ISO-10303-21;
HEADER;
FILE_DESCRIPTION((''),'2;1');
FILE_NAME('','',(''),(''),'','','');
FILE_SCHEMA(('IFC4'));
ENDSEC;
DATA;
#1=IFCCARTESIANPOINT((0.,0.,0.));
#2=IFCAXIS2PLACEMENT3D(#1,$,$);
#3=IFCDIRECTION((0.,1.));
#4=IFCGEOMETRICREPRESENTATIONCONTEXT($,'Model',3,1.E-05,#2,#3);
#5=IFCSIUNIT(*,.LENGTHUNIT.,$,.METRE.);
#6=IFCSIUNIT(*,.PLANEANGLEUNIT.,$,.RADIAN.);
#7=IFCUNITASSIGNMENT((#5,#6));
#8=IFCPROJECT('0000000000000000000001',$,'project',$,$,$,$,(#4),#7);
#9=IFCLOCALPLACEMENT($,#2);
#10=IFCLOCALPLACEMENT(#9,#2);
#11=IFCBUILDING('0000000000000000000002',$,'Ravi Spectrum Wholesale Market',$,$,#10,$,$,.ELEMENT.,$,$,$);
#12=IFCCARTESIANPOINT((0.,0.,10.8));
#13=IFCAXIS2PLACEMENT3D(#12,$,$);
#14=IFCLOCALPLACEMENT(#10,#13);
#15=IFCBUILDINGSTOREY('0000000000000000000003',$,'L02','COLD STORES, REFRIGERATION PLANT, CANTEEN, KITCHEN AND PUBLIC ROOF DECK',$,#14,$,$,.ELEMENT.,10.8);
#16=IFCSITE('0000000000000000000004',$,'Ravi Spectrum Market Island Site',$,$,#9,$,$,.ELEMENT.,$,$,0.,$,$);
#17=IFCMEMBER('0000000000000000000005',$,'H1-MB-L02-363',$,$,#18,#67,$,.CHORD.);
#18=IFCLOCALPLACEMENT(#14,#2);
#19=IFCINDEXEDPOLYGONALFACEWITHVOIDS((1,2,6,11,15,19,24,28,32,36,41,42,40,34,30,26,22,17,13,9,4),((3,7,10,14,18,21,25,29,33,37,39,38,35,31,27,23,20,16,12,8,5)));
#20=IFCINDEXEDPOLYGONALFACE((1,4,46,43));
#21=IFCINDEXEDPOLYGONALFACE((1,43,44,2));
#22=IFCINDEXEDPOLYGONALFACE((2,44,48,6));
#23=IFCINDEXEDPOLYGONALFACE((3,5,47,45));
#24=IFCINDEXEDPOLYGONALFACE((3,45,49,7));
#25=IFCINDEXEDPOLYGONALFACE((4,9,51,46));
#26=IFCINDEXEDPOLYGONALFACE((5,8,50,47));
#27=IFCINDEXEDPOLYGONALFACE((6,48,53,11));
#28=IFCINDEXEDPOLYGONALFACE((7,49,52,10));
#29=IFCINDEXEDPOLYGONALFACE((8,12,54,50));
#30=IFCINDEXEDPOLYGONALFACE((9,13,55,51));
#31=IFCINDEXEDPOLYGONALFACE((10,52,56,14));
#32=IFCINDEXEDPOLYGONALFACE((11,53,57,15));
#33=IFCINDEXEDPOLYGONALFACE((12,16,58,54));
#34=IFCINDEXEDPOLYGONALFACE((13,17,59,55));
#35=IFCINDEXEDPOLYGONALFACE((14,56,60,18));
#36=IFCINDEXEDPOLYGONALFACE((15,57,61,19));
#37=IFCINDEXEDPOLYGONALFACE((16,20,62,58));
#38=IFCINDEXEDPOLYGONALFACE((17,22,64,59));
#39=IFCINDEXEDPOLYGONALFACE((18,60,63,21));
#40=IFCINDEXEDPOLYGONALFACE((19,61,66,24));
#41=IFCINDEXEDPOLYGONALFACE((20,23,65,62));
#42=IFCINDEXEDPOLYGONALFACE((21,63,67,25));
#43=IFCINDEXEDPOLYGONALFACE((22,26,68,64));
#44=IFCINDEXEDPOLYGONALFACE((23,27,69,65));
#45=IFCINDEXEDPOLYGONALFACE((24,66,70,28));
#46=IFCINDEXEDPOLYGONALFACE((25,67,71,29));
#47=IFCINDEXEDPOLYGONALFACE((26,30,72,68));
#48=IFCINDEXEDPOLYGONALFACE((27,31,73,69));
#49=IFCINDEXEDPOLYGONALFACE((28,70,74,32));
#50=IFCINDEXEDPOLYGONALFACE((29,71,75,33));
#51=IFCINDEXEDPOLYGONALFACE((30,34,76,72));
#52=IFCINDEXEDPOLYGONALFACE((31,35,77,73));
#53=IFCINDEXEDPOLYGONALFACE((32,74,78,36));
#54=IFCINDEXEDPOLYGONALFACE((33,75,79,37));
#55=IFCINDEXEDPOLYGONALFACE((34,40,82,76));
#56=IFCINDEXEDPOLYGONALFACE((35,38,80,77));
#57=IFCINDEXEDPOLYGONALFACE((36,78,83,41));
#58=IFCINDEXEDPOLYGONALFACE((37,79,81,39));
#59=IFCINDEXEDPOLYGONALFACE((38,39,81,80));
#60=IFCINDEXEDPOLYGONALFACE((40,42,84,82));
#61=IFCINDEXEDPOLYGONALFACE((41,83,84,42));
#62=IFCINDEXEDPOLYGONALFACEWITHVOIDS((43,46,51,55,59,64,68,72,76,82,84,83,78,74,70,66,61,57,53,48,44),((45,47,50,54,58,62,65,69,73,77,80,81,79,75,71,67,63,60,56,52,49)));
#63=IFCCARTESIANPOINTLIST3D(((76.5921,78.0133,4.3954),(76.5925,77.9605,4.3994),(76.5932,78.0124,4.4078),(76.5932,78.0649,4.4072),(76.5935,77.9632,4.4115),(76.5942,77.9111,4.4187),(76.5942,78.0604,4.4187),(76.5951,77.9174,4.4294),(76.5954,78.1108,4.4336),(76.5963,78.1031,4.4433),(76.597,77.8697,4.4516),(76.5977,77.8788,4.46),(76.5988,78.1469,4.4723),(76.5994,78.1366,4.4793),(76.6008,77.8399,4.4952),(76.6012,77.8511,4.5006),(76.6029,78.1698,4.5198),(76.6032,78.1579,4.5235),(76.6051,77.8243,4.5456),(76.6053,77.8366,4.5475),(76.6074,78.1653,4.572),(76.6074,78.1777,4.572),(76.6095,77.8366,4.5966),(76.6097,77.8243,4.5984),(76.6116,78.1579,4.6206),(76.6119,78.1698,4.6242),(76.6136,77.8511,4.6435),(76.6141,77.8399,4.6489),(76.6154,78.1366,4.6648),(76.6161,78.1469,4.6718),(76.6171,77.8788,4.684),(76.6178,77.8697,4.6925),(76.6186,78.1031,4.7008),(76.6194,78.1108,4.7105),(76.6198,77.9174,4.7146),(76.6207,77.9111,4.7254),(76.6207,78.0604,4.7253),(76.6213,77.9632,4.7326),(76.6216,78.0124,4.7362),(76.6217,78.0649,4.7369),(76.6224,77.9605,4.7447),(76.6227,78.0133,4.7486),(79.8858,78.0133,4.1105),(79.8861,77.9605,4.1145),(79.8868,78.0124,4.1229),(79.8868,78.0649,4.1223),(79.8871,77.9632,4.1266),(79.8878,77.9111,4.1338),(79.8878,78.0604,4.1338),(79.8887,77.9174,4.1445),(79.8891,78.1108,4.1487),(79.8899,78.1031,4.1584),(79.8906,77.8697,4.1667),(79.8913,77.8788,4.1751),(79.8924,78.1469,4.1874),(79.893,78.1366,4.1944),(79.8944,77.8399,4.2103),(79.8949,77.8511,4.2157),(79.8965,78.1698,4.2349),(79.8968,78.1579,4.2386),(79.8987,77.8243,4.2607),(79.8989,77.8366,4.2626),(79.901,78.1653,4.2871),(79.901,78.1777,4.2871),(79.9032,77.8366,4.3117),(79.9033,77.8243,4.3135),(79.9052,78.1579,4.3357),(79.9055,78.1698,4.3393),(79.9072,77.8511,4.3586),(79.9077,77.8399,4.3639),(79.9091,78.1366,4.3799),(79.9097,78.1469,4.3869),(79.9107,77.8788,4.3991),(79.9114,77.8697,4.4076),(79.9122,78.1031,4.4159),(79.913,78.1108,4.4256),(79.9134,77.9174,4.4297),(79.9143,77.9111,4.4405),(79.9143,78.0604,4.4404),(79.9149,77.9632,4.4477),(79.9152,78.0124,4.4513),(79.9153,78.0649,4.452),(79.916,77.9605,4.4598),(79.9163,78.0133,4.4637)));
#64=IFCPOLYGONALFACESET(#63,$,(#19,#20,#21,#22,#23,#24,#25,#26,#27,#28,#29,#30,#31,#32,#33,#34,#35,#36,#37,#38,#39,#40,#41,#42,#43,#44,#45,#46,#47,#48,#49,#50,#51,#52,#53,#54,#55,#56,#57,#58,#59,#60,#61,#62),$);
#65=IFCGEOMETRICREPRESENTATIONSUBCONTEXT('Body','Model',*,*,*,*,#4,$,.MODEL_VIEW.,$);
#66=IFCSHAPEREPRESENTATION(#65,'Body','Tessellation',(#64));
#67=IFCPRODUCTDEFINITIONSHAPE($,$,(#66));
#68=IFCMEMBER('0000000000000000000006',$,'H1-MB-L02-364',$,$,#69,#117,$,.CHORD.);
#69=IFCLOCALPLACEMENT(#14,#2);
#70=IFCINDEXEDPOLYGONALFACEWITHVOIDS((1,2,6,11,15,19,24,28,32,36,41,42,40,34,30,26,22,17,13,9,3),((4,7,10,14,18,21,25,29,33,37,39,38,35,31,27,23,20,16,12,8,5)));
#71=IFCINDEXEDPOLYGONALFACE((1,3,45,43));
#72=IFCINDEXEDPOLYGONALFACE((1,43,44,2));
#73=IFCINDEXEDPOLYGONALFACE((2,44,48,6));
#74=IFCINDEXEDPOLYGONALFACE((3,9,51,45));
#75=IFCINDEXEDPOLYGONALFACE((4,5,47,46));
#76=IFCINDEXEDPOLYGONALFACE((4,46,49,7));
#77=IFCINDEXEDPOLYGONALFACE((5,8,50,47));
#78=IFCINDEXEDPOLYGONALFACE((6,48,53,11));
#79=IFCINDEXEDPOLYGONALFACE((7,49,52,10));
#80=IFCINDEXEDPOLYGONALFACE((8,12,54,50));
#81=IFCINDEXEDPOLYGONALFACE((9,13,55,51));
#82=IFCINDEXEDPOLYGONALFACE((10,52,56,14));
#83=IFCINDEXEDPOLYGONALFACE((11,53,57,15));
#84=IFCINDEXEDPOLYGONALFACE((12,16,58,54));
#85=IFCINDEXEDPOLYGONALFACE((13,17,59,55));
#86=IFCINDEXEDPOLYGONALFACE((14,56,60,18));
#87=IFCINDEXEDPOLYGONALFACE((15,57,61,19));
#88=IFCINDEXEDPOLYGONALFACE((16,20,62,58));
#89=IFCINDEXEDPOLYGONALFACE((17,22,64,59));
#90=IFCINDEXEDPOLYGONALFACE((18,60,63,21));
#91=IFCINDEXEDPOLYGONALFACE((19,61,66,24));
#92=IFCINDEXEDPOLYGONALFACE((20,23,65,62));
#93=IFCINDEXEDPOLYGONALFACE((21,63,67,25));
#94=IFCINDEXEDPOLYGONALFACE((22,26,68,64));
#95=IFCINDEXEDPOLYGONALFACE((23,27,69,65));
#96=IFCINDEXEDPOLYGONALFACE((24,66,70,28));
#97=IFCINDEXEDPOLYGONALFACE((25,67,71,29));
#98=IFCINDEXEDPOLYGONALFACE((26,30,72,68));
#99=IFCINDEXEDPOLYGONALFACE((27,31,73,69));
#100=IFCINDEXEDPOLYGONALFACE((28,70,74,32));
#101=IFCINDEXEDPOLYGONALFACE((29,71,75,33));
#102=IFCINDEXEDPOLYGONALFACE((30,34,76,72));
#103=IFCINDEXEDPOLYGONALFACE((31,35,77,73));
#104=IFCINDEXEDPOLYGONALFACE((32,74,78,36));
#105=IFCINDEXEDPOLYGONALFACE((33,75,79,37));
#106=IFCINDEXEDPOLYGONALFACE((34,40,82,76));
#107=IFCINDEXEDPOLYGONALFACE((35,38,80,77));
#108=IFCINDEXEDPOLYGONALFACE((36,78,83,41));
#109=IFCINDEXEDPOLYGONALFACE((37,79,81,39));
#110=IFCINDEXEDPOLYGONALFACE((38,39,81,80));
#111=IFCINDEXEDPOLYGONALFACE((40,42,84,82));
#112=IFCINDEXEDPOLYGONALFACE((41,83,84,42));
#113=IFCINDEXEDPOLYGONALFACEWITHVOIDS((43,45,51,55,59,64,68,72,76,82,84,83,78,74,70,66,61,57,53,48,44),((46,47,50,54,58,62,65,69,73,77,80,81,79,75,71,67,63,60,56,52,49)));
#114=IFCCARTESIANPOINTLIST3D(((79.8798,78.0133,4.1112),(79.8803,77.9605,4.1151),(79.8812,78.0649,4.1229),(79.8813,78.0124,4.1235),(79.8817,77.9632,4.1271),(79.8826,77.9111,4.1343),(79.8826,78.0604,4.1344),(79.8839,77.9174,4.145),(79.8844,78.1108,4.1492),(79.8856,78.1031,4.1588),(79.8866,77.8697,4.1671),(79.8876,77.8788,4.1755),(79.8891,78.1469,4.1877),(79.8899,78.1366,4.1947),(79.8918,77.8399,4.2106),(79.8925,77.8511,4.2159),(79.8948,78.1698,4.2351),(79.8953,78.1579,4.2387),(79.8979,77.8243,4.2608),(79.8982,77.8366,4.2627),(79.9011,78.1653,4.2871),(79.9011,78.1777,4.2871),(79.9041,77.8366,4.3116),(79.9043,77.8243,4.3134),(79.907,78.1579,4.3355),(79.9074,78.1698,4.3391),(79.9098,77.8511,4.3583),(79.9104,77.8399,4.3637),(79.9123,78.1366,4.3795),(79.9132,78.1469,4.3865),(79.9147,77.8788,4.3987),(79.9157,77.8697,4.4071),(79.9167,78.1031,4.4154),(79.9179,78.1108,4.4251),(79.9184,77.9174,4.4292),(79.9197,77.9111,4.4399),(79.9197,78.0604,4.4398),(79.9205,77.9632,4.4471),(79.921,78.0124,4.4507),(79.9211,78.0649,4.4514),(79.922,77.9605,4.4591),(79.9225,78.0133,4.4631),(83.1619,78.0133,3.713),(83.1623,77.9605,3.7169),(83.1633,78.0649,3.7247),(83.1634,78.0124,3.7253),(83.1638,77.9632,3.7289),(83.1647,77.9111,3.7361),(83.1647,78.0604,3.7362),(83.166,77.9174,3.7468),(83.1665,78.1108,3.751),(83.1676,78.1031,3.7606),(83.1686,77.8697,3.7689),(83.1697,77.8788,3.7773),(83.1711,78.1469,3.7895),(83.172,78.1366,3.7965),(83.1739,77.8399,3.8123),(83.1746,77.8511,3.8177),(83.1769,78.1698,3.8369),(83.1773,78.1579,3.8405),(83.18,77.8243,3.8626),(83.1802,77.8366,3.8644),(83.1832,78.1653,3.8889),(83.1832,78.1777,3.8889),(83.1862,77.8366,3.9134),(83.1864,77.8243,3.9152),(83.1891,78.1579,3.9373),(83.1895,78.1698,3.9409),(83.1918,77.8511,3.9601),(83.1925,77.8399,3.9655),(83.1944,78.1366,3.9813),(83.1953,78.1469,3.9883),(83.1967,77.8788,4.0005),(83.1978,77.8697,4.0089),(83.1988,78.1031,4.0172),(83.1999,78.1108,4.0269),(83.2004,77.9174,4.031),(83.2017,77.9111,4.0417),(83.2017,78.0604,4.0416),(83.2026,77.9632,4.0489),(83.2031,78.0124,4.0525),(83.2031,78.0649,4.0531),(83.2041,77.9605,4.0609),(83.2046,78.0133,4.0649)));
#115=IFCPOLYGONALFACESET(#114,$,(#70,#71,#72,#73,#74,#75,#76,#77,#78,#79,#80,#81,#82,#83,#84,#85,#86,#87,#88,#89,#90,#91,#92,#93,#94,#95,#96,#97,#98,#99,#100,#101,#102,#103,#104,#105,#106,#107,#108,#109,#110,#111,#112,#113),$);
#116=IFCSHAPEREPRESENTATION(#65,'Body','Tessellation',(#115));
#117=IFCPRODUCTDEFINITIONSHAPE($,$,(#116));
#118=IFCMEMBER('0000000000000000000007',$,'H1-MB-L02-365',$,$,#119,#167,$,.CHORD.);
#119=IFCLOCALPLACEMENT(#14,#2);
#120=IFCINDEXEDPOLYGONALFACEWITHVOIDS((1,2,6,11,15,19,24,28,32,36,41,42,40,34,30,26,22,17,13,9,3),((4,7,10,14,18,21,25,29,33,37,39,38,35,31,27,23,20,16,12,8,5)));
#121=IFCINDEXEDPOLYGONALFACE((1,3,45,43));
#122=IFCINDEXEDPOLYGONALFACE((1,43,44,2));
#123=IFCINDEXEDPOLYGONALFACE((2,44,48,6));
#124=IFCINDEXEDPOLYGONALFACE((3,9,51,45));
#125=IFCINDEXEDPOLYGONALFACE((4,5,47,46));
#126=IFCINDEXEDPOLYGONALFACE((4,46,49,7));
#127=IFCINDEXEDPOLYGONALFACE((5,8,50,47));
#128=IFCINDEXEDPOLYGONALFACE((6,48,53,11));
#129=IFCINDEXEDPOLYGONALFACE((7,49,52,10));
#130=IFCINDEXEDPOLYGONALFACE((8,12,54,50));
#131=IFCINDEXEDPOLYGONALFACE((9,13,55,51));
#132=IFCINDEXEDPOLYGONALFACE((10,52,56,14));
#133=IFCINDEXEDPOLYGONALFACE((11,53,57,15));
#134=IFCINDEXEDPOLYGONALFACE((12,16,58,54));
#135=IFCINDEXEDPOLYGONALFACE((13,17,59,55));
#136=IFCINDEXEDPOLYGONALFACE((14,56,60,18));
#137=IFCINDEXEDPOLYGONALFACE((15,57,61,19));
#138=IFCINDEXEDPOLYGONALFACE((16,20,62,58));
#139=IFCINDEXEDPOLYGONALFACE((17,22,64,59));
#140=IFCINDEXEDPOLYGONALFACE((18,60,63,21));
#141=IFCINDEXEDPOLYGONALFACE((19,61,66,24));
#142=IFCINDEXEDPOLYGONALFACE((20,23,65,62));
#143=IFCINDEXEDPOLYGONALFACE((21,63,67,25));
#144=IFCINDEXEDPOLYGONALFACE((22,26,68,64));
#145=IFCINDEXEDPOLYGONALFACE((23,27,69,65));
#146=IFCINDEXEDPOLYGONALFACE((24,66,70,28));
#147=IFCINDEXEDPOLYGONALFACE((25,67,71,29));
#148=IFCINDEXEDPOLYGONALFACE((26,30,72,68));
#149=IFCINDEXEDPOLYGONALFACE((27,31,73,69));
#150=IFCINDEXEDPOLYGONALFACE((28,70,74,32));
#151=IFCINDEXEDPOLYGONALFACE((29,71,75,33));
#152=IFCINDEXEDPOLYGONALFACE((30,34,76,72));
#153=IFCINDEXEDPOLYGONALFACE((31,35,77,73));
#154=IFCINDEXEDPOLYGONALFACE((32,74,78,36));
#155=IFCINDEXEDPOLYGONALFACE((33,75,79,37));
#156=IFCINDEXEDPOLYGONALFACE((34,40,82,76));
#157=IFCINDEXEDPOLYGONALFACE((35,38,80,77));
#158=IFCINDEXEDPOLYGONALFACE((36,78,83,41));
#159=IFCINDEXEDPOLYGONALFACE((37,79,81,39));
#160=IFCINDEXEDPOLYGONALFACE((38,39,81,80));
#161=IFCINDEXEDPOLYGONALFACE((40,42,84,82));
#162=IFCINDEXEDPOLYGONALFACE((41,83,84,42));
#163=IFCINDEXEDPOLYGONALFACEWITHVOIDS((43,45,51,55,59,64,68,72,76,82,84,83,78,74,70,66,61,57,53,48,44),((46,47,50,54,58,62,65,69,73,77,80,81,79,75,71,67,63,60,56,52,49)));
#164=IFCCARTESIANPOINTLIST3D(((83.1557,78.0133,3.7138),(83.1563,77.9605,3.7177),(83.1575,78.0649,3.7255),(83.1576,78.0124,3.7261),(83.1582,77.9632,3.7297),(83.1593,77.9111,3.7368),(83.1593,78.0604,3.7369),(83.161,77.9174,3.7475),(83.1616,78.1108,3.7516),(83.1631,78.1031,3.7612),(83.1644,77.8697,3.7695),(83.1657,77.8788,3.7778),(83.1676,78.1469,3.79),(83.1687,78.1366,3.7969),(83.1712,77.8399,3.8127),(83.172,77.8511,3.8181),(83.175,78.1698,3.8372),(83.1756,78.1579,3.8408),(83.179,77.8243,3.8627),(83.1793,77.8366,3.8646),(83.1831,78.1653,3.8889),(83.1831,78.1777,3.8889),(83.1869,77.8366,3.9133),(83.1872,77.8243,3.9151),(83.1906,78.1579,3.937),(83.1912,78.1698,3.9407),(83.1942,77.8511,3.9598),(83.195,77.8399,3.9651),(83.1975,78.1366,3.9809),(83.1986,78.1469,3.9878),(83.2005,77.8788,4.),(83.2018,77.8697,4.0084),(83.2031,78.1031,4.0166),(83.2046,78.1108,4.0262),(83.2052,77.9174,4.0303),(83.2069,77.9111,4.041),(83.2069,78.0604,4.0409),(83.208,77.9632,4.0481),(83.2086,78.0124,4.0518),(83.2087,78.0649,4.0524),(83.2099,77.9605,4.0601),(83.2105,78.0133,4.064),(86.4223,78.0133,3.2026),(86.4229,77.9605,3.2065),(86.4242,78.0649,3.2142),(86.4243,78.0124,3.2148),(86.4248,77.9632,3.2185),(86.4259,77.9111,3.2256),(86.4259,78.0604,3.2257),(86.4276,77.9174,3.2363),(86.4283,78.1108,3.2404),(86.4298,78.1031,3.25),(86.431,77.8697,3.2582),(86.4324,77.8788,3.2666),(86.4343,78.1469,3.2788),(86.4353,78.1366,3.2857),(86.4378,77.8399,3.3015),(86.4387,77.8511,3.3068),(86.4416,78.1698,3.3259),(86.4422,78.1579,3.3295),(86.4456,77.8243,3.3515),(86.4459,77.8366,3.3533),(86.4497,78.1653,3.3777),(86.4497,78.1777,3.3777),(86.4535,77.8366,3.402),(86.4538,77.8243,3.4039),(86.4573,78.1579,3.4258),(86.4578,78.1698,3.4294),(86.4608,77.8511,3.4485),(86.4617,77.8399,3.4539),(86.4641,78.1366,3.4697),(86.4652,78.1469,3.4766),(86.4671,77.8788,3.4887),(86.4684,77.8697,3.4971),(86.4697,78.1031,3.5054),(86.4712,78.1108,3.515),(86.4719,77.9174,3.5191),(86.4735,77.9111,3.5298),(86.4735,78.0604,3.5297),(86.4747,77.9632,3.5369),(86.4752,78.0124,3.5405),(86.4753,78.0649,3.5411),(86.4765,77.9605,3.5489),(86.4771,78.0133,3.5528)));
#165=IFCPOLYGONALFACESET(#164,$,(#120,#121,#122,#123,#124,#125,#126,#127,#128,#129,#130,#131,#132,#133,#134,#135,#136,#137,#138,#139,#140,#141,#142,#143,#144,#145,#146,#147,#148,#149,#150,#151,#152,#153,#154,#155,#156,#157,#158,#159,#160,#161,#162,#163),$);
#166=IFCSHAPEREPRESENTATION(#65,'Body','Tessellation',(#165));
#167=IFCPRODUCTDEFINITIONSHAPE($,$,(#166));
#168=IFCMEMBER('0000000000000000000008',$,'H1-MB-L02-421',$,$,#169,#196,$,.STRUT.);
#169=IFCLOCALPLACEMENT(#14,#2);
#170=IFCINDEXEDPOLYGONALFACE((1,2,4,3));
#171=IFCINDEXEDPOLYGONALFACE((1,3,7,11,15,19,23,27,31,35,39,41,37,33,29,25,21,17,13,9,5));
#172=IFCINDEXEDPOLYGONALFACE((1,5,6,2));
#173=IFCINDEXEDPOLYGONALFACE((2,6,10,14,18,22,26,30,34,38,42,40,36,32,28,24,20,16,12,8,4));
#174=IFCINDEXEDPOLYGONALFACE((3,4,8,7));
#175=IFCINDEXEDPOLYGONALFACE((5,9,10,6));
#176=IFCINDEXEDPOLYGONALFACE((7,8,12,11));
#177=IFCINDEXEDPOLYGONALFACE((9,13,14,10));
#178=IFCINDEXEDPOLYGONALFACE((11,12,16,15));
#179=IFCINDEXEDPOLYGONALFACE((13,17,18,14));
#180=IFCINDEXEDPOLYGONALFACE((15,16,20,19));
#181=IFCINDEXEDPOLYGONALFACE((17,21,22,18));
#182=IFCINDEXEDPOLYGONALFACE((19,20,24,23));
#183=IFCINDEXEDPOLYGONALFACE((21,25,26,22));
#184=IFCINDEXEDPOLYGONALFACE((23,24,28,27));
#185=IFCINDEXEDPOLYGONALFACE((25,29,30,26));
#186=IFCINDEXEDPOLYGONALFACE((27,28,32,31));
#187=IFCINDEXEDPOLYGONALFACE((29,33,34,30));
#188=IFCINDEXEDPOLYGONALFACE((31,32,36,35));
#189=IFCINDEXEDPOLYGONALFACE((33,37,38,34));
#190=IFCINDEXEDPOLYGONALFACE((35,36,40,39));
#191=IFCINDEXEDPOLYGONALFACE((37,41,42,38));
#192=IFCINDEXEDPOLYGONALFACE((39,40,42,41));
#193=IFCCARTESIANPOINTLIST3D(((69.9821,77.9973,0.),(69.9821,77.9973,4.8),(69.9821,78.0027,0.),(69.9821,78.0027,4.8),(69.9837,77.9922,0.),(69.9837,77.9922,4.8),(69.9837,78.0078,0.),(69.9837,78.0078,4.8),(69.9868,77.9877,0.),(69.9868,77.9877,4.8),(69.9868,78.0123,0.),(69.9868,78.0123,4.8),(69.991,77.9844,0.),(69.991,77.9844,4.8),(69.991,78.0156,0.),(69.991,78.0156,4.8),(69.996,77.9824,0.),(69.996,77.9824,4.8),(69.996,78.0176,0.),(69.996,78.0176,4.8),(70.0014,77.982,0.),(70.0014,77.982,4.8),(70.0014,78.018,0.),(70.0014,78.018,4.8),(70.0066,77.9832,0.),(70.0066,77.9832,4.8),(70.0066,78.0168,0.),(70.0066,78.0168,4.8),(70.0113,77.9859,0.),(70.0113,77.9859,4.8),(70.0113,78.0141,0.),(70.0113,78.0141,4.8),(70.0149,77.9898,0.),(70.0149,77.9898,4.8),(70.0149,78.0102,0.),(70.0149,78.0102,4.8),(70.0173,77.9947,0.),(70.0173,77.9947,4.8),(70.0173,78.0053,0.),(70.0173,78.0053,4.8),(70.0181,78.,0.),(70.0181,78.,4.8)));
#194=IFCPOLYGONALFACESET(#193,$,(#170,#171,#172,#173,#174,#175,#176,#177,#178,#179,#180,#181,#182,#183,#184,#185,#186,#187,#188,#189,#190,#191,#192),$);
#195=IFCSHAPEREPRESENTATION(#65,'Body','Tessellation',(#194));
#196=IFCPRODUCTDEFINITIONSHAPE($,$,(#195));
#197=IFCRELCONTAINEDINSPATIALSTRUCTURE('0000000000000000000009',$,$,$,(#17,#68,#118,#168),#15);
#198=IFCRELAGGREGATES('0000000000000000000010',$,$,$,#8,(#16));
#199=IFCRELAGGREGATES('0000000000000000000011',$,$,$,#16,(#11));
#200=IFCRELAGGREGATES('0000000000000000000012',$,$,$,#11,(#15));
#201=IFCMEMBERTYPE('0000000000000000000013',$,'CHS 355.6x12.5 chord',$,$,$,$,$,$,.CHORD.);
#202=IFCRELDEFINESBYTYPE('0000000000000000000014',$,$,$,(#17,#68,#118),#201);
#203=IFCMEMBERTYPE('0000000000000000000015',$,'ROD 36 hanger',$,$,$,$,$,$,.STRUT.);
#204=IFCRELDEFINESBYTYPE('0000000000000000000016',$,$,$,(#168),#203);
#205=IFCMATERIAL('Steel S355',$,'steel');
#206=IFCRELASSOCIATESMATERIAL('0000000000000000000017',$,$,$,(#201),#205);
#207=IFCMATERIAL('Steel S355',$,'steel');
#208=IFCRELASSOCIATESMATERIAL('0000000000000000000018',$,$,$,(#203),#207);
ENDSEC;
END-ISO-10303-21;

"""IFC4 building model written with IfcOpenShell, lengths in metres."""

from ifc_helpers import new_model, si_unit, direction, frame, origin, origin_2d, place, context, subcontext, project, spatial, circle, hollow_circle, extrude, material, material_profile, profile_set, type_object, element, save


model = new_model("IFC4")

# Units and contexts
model_context = context("Model", 3, precision=1e-05, world=origin(), true_north=direction((0.0, 1.0)))
body_context = subcontext(model_context, "Body", "Model", "MODEL_VIEW")
ifc_project = project(units=[si_unit("LENGTHUNIT", "METRE"), si_unit("PLANEANGLEUNIT", "RADIAN")], contexts=[model_context])

# Site, building, storey
site_placement = place(None, origin())
site = spatial("IfcSite", under=ifc_project, at=site_placement, Name="Ravi Spectrum Market Island Site", CompositionType="ELEMENT", RefElevation=0.0)
building_placement = place(site_placement, origin())
building = spatial("IfcBuilding", under=site, at=building_placement, Name="Ravi Spectrum Wholesale Market", CompositionType="ELEMENT")
storey_placement = place(building_placement, frame((0.0, 0.0, 10.8)))
storey = spatial("IfcBuildingStorey", under=building, at=storey_placement, Name="L02", Description="COLD STORES, REFRIGERATION PLANT, CANTEEN, KITCHEN AND PUBLIC ROOF DECK", CompositionType="ELEMENT", Elevation=10.8)

# Members
ifc_material_1 = material(Name="Steel S355", Category="steel")
ifc_material_profile_1 = material_profile(ifc_material_1, hollow_circle(Radius=0.1777, WallThickness=0.0125, at=origin_2d()))
ifc_profile_set_1 = profile_set([ifc_material_profile_1], Name="Steel S355")
member_type_1 = type_object("IfcMemberType", Name="CHS 355.6x12.5 chord", PredefinedType="CHORD", material=ifc_profile_set_1)
member_1_placement = place(storey_placement, frame((76.6074, 78.0, 4.572), z_axis=(0.99628, 0.0, -0.08618), x_axis=(0.0, 1.0, 0.0)))
element("IfcMember", 1, at=member_1_placement, inside=storey, type_object=member_type_1, Name="H1-MB-L02-363", PredefinedType="CHORD", context=body_context, shape_type="SweptSolid", body=[
    extrude(hollow_circle(Radius=0.1777, WallThickness=0.0125, at=origin_2d()), origin(), (0.0, 0.0, 1.0), 3.3059),
])
member_2_placement = place(storey_placement, frame((79.9011, 78.0, 4.2871), z_axis=(0.99272, 0.0, -0.120444), x_axis=(0.0, 1.0, 0.0)))
element("IfcMember", 2, at=member_2_placement, inside=storey, type_object=member_type_1, Name="H1-MB-L02-364", PredefinedType="CHORD", context=body_context, shape_type="SweptSolid", body=[
    extrude(hollow_circle(Radius=0.1777, WallThickness=0.0125, at=origin_2d()), origin(), (0.0, 0.0, 1.0), 3.3062),
])
member_3_placement = place(storey_placement, frame((83.1831, 78.0, 3.8889), z_axis=(0.987974, 0.0, -0.15462), x_axis=(0.0, 1.0, 0.0)))
element("IfcMember", 3, at=member_3_placement, inside=storey, type_object=member_type_1, Name="H1-MB-L02-365", PredefinedType="CHORD", context=body_context, shape_type="SweptSolid", body=[
    extrude(hollow_circle(Radius=0.1777, WallThickness=0.0125, at=origin_2d()), origin(), (0.0, 0.0, 1.0), 3.3064),
])
ifc_material_2 = material(Name="Steel S355", Category="steel")
ifc_material_profile_2 = material_profile(ifc_material_2, circle(Radius=0.0181, at=origin_2d()))
ifc_profile_set_2 = profile_set([ifc_material_profile_2], Name="Steel S355")
member_type_2 = type_object("IfcMemberType", Name="ROD 36 hanger", PredefinedType="STRUT", material=ifc_profile_set_2)
member_4_placement = place(storey_placement, frame((70.0, 78.0, 0.0), z_axis=(0.0, 0.0, 1.0), x_axis=(1.0, 0.0, 0.0)))
element("IfcMember", 4, at=member_4_placement, inside=storey, type_object=member_type_2, Name="H1-MB-L02-421", PredefinedType="STRUT", context=body_context, shape_type="SweptSolid", body=[
    extrude(circle(Radius=0.0181, at=origin_2d()), origin(), (0.0, 0.0, 1.0), 4.8),
])

save(model, "model.ifc")
